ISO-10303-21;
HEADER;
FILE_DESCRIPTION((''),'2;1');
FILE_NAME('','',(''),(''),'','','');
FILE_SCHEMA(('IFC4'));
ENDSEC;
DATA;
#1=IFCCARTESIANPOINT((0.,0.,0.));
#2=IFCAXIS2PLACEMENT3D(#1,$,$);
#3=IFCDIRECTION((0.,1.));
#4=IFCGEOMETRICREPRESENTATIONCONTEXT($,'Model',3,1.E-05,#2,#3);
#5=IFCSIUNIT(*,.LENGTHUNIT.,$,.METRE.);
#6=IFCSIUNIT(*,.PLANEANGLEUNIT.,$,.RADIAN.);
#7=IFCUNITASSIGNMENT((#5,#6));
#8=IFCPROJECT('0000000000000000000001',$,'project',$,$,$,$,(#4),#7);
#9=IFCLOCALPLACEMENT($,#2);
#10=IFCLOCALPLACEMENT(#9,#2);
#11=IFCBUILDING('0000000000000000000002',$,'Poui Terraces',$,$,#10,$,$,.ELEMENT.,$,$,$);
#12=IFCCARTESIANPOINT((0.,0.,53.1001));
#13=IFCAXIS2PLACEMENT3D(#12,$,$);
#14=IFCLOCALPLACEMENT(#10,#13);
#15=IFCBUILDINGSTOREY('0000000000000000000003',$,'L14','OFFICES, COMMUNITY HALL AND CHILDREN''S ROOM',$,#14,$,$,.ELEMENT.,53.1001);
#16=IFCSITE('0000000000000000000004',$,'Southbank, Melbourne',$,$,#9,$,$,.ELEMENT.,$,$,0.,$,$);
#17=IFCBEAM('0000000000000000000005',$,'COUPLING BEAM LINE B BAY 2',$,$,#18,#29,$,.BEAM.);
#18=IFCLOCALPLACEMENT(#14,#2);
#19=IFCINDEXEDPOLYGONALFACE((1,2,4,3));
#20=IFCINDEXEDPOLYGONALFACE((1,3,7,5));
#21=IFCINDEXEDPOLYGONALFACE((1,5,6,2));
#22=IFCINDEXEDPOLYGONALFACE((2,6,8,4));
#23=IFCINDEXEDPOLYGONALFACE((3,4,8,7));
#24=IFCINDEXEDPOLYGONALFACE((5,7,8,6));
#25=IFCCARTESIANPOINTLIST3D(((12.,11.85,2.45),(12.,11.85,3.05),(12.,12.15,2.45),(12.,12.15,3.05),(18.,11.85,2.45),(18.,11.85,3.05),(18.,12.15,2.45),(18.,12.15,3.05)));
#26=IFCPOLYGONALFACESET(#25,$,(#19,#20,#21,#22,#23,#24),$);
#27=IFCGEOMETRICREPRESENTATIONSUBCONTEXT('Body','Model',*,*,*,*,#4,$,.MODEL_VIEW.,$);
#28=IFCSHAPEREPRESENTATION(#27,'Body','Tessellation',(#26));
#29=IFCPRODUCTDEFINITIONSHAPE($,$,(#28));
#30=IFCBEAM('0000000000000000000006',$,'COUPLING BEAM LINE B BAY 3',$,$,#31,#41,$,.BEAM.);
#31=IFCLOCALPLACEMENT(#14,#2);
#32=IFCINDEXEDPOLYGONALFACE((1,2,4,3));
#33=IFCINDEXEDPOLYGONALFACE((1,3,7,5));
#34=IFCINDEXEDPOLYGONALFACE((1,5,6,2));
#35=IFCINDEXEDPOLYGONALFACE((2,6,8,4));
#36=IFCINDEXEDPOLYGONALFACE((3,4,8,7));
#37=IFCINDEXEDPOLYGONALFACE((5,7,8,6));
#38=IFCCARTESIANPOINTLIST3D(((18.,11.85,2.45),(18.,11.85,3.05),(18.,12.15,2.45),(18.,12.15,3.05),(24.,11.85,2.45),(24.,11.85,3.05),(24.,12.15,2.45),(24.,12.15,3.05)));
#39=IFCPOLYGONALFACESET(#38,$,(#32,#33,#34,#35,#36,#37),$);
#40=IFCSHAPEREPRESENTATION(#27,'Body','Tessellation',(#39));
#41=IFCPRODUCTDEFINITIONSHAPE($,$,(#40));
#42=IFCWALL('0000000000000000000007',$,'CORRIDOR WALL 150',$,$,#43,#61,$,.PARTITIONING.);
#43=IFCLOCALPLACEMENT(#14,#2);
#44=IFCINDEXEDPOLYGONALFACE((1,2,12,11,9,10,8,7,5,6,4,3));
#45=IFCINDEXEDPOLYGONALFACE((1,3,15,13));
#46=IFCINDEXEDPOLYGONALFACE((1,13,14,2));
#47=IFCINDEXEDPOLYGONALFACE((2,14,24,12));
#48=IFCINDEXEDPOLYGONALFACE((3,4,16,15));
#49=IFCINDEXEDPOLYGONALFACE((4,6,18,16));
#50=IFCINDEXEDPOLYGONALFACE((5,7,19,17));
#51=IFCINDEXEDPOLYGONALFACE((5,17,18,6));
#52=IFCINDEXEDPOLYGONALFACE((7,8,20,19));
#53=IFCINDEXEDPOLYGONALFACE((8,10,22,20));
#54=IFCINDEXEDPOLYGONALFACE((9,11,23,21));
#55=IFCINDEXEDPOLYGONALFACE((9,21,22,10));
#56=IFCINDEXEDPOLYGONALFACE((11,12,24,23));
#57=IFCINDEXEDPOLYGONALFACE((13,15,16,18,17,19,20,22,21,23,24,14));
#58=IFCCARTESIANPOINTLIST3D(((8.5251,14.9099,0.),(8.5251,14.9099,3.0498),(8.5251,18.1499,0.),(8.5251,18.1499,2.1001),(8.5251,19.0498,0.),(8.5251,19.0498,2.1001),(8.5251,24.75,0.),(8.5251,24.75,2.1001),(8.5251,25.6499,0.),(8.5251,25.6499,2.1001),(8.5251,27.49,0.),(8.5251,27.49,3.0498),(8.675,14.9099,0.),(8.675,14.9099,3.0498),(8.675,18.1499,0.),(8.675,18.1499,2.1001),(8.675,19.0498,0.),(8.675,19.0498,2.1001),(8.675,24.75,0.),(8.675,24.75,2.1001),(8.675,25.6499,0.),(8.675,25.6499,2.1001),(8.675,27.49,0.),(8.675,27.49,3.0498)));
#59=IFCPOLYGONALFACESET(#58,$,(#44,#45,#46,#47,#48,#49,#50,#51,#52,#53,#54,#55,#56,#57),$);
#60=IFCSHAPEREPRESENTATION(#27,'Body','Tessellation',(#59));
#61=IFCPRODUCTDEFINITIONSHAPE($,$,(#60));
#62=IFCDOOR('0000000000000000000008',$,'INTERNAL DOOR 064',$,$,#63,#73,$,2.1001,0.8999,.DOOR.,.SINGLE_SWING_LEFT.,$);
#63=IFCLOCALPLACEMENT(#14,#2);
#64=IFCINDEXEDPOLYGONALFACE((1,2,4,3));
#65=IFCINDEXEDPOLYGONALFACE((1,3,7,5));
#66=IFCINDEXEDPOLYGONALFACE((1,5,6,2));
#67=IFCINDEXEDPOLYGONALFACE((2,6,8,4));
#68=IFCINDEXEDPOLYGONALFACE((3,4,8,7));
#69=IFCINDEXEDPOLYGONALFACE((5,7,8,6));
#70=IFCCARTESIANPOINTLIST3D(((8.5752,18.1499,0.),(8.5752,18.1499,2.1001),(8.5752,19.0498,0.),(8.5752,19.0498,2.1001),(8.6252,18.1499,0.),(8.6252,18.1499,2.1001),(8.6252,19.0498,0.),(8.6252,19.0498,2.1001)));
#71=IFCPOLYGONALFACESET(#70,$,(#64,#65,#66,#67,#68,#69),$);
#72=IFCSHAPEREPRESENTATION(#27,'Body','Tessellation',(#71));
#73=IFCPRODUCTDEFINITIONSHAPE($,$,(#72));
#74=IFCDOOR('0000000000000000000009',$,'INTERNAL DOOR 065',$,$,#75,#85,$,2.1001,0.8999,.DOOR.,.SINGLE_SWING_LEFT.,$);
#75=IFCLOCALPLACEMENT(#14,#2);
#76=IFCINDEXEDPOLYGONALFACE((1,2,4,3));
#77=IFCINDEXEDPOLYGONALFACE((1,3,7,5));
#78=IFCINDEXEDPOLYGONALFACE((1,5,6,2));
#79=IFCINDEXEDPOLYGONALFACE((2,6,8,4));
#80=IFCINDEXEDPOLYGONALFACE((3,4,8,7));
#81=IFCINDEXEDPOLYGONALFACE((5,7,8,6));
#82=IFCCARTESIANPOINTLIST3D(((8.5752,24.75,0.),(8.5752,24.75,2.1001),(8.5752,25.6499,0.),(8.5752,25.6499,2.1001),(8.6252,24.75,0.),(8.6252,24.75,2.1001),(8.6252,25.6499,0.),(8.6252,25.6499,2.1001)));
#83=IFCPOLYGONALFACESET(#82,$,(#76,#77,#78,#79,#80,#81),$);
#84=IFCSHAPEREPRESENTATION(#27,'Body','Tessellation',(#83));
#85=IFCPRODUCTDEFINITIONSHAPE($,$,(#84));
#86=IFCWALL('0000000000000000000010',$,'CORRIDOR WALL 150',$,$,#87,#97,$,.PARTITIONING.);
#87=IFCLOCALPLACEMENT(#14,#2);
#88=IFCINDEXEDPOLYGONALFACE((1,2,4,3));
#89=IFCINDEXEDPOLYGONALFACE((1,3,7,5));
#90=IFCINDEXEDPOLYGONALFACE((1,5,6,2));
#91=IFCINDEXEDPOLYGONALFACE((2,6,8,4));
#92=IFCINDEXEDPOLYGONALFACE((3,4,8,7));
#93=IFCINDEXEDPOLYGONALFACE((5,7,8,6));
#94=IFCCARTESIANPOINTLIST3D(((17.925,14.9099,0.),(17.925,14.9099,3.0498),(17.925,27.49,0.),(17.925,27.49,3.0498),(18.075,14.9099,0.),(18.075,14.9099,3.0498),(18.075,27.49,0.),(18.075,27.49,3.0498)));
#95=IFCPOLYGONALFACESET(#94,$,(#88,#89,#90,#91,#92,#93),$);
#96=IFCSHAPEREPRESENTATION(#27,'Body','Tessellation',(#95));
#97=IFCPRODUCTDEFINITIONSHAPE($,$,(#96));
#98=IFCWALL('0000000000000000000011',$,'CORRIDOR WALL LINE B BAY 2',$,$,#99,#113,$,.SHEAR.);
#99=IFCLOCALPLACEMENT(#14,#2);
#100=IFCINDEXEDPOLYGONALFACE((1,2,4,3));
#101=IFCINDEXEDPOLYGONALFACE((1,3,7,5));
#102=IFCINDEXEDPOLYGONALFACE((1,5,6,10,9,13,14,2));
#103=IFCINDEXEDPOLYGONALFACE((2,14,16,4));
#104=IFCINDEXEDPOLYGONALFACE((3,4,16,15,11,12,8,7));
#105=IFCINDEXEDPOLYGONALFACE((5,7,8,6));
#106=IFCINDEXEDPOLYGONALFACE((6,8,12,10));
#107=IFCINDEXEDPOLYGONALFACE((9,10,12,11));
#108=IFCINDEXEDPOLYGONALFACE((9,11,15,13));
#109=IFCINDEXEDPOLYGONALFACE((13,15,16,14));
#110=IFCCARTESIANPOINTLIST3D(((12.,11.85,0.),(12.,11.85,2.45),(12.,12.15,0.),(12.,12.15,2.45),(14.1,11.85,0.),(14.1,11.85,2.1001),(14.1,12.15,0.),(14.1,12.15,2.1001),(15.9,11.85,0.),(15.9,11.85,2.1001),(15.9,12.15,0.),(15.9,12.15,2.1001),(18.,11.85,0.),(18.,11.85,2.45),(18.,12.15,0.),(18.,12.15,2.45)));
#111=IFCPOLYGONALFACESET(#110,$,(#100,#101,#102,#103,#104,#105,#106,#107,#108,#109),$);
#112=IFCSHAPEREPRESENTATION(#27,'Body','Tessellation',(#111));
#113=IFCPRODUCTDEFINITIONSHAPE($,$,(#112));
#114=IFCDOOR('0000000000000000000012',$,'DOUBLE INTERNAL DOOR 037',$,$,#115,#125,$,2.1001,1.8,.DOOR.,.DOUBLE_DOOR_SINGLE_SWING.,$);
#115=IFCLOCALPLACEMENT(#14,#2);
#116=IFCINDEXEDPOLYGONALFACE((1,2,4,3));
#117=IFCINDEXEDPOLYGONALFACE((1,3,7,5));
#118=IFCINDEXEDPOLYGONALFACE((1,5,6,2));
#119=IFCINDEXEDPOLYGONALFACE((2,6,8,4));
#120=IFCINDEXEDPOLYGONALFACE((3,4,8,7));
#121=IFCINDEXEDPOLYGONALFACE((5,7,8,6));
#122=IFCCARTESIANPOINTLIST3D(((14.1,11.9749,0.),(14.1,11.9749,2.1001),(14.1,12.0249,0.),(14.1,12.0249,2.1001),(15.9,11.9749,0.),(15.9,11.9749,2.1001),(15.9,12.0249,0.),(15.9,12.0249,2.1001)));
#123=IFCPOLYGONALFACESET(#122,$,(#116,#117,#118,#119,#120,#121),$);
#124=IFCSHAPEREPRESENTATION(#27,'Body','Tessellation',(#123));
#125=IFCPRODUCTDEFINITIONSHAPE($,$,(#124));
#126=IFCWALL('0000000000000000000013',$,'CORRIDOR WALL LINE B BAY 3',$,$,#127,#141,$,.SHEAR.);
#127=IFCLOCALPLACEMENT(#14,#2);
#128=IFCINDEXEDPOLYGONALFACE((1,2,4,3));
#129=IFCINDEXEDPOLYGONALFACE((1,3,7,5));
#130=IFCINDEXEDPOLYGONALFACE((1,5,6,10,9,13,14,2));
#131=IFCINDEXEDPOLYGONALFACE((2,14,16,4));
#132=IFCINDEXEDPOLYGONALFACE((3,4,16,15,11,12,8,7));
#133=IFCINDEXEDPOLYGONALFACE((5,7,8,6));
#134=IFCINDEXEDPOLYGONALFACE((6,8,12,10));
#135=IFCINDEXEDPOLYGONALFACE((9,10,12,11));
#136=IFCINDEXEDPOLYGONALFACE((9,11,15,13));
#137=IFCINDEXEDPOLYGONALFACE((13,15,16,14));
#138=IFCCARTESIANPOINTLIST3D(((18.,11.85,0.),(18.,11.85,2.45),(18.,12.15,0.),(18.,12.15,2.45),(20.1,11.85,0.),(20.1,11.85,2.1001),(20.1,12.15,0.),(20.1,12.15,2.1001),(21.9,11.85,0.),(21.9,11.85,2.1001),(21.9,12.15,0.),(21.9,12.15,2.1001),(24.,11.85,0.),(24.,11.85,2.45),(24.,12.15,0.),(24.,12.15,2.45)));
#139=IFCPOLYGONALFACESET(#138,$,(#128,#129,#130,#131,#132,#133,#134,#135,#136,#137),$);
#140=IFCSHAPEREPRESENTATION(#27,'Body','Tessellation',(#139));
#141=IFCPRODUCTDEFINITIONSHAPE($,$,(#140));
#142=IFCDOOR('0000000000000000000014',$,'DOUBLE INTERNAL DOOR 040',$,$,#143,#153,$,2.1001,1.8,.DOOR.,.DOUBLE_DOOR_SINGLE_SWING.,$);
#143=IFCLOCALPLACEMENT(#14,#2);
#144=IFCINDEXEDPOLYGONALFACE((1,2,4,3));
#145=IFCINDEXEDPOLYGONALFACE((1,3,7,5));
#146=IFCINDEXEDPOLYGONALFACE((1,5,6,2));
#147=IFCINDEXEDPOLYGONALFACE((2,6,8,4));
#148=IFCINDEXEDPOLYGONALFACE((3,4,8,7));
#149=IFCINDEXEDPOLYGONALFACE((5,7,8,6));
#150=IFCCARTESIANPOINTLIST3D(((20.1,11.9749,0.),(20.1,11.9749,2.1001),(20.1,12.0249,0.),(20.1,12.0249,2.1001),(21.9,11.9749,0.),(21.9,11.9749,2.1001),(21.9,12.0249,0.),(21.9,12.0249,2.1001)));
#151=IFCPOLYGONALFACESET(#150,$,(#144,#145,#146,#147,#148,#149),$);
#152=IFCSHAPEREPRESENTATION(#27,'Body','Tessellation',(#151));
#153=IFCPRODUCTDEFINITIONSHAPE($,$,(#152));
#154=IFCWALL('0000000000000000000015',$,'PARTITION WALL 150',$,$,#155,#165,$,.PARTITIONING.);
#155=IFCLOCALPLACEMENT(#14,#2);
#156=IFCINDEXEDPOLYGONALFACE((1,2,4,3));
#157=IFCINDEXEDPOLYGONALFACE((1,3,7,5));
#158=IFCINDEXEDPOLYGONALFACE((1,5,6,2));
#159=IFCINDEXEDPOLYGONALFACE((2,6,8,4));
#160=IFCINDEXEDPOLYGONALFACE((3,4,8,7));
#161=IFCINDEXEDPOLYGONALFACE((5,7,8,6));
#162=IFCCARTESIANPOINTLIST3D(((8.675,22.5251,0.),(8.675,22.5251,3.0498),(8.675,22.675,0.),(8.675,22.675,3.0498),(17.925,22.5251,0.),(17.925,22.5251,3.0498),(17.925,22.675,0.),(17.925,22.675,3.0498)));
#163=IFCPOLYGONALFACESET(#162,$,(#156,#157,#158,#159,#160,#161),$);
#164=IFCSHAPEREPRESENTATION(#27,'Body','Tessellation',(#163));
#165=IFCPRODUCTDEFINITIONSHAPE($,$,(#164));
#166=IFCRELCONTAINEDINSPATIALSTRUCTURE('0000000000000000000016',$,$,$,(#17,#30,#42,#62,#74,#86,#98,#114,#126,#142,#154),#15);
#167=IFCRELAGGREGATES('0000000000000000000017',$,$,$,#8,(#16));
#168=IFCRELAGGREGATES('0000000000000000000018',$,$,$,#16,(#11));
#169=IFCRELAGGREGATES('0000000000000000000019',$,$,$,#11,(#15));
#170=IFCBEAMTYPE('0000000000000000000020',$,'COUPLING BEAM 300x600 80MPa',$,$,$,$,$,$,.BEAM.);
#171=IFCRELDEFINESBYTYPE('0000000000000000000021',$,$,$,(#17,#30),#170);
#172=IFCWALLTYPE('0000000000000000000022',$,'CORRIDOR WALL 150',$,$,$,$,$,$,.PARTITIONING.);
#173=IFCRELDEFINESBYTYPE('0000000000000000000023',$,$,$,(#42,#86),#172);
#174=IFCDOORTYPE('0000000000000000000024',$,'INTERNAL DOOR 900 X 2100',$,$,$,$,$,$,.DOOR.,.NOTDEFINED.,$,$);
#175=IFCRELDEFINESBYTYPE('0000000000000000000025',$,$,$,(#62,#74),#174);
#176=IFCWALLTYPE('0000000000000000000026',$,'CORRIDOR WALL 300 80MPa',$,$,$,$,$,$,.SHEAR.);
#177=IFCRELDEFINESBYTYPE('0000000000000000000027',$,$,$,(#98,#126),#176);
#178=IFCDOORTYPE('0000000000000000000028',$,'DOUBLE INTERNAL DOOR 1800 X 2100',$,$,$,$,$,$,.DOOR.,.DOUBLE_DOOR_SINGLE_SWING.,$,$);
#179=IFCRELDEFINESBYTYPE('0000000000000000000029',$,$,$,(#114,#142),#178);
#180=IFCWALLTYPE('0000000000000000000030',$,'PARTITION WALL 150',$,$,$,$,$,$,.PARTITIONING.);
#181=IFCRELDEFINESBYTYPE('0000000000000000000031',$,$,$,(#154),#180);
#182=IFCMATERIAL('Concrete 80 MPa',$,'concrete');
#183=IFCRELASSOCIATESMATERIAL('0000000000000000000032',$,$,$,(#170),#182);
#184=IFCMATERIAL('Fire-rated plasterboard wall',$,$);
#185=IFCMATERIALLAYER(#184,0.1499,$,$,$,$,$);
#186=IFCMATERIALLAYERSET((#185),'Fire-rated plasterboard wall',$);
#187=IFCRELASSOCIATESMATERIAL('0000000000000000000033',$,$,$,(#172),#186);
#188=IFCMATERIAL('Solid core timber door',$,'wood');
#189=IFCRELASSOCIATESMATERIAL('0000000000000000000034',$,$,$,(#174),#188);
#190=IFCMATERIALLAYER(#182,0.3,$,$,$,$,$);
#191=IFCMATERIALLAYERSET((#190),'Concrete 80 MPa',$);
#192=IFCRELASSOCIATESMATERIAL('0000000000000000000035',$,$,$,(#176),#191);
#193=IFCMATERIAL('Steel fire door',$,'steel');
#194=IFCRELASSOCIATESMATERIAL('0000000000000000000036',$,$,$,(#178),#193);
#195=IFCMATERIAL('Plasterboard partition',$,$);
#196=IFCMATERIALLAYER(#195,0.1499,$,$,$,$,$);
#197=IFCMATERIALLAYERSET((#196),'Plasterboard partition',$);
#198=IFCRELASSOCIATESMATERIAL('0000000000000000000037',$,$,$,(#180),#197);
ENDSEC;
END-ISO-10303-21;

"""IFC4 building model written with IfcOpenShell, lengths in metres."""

from ifc_helpers import new_model, si_unit, direction, frame, frame_2d, origin, origin_2d, place, context, subcontext, project, spatial, rectangle, extrude, source, transform, mapped, material, layer, layer_set, material_profile, profile_set, type_object, element, fill, save


model = new_model("IFC4")

# Units and contexts
model_context = context("Model", 3, precision=1e-05, world=origin(), true_north=direction((0.0, 1.0)))
body_context = subcontext(model_context, "Body", "Model", "MODEL_VIEW")
ifc_project = project(units=[si_unit("LENGTHUNIT", "METRE"), si_unit("PLANEANGLEUNIT", "RADIAN")], contexts=[model_context])

# Site, building, storey
site_placement = place(None, origin())
site = spatial("IfcSite", under=ifc_project, at=site_placement, Name="Southbank, Melbourne", CompositionType="ELEMENT", RefElevation=0.0)
building_placement = place(site_placement, origin())
building = spatial("IfcBuilding", under=site, at=building_placement, Name="Poui Terraces", CompositionType="ELEMENT")
storey_placement = place(building_placement, frame((0.0, 0.0, 53.1001)))
storey = spatial("IfcBuildingStorey", under=building, at=storey_placement, Name="L14", Description="OFFICES, COMMUNITY HALL AND CHILDREN'S ROOM", CompositionType="ELEMENT", Elevation=53.1001)

# Beams
ifc_material_1 = material(Name="Concrete 80 MPa", Category="concrete")
ifc_material_profile = material_profile(ifc_material_1, rectangle(XDim=0.3, YDim=0.6001, at=origin_2d()), Name="RC 300x600")
ifc_profile_set = profile_set([ifc_material_profile], Name="Concrete 80 MPa")
beam_type = type_object("IfcBeamType", Name="COUPLING BEAM 300x600 80MPa", PredefinedType="BEAM", material=ifc_profile_set)
shared_shape = source(origin(), body_context, "Body", "SweptSolid", [
    extrude(rectangle(XDim=0.3, YDim=0.6001, at=origin_2d()), origin(), (0.0, 0.0, 1.0), 6.0),
])
for number, where, z_axis, x_axis, name in (
    (1, (12.0, 12.0, 2.75), (1.0, 0.0, 0.0), (0.0, 1.0, 0.0), "COUPLING BEAM LINE B BAY 2"),
    (2, (18.0, 12.0, 2.75), (1.0, 0.0, 0.0), (0.0, 1.0, 0.0), "COUPLING BEAM LINE B BAY 3"),
):
    element("IfcBeam", number, at=place(storey_placement, frame(where, z_axis=z_axis, x_axis=x_axis)), inside=storey, type_object=beam_type, Name=name, PredefinedType="BEAM", context=body_context, shape_type="MappedRepresentation", body=[
        mapped(shared_shape, transform((0.0, 0.0, 0.0))),
    ])

# Wall, openings, doors
ifc_material_2 = material(Name="Fire-rated plasterboard wall")
ifc_layer_1 = layer(ifc_material_2, 0.1499)
ifc_layer_set_1 = layer_set([ifc_layer_1], Name="Fire-rated plasterboard wall")
wall_type_1 = type_object("IfcWallType", Name="CORRIDOR WALL 150", PredefinedType="PARTITIONING", material=ifc_layer_set_1)
wall_1_placement = place(storey_placement, frame((8.6001, 14.9099, 0.0), z_axis=(0.0, 0.0, 1.0), x_axis=(0.0, 1.0, 0.0)))
wall_1 = element("IfcWall", 3, at=wall_1_placement, inside=storey, type_object=wall_type_1, Name="CORRIDOR WALL 150", PredefinedType="PARTITIONING", context=body_context, shape_type="SweptSolid", body=[
    extrude(rectangle(XDim=12.5801, YDim=0.1499, at=frame_2d((6.29, 0.0))), origin(), (0.0, 0.0, 1.0), 3.0498),
])
opening_1_placement = place(wall_1_placement, frame((3.24, 0.0, 0.0)))
opening_1 = element("IfcOpeningElement", 4, at=opening_1_placement, cuts=wall_1, PredefinedType="OPENING", context=body_context, shape_type="SweptSolid", body=[
    extrude(rectangle(XDim=0.8999, YDim=2.1001, at=frame_2d((0.45, 1.05))), frame((0.0, 0.085, 0.0), z_axis=(0.0, -1.0, 0.0), x_axis=(1.0, 0.0, 0.0)), (0.0, 0.0, 1.0), 0.1699),
])
opening_2_placement = place(wall_1_placement, frame((9.8401, 0.0, 0.0)))
opening_2 = element("IfcOpeningElement", 5, at=opening_2_placement, cuts=wall_1, PredefinedType="OPENING", context=body_context, shape_type="SweptSolid", body=[
    extrude(rectangle(XDim=0.8999, YDim=2.1001, at=frame_2d((0.45, 1.05))), frame((0.0, 0.085, 0.0), z_axis=(0.0, -1.0, 0.0), x_axis=(1.0, 0.0, 0.0)), (0.0, 0.0, 1.0), 0.1699),
])
ifc_material_3 = material(Name="Solid core timber door", Category="wood")
door_type_1 = type_object("IfcDoorType", Name="INTERNAL DOOR 900 X 2100", OperationType="NOTDEFINED", PredefinedType="DOOR", material=ifc_material_3)
door_1_placement = place(opening_1_placement, origin())
door_1 = element("IfcDoor", 6, at=door_1_placement, inside=storey, type_object=door_type_1, Name="INTERNAL DOOR 064", OperationType="SINGLE_SWING_LEFT", OverallHeight=2.1001, OverallWidth=0.8999, PredefinedType="DOOR", context=body_context, shape_type="SweptSolid", body=[
    extrude(rectangle(XDim=0.8999, YDim=2.1001, at=frame_2d((0.45, 1.05))), frame((0.0, 0.0249, 0.0), z_axis=(0.0, -1.0, 0.0), x_axis=(1.0, 0.0, 0.0)), (0.0, 0.0, 1.0), 0.05),
])
fill(opening_1, door_1)
door_2_placement = place(opening_2_placement, origin())
door_2 = element("IfcDoor", 7, at=door_2_placement, inside=storey, type_object=door_type_1, Name="INTERNAL DOOR 065", OperationType="SINGLE_SWING_LEFT", OverallHeight=2.1001, OverallWidth=0.8999, PredefinedType="DOOR", context=body_context, shape_type="SweptSolid", body=[
    extrude(rectangle(XDim=0.8999, YDim=2.1001, at=frame_2d((0.45, 1.05))), frame((0.0, 0.0249, 0.0), z_axis=(0.0, -1.0, 0.0), x_axis=(1.0, 0.0, 0.0)), (0.0, 0.0, 1.0), 0.05),
])
fill(opening_2, door_2)

# Wall
wall_2_placement = place(storey_placement, frame((18.0, 14.9099, 0.0), z_axis=(0.0, 0.0, 1.0), x_axis=(0.0, 1.0, 0.0)))
element("IfcWall", 8, at=wall_2_placement, inside=storey, type_object=wall_type_1, Name="CORRIDOR WALL 150", PredefinedType="PARTITIONING", context=body_context, shape_type="SweptSolid", body=[
    extrude(rectangle(XDim=12.5801, YDim=0.1499, at=frame_2d((6.29, 0.0))), origin(), (0.0, 0.0, 1.0), 3.0498),
])

# Walls, openings, doors
ifc_layer_2 = layer(ifc_material_1, 0.3)
ifc_layer_set_2 = layer_set([ifc_layer_2], Name="Concrete 80 MPa")
wall_type_2 = type_object("IfcWallType", Name="CORRIDOR WALL 300 80MPa", PredefinedType="SHEAR", material=ifc_layer_set_2)
wall_3_placement = place(storey_placement, frame((12.0, 12.0, 0.0), z_axis=(0.0, 0.0, 1.0), x_axis=(1.0, 0.0, 0.0)))
wall_3 = element("IfcWall", 9, at=wall_3_placement, inside=storey, type_object=wall_type_2, Name="CORRIDOR WALL LINE B BAY 2", PredefinedType="SHEAR", context=body_context, shape_type="SweptSolid", body=[
    extrude(rectangle(XDim=6.0, YDim=0.3, at=frame_2d((3.0, 0.0))), origin(), (0.0, 0.0, 1.0), 2.45),
])
opening_3_placement = place(wall_3_placement, frame((2.1001, 0.0, 0.0)))
opening_3 = element("IfcOpeningElement", 10, at=opening_3_placement, cuts=wall_3, PredefinedType="OPENING", context=body_context, shape_type="SweptSolid", body=[
    extrude(rectangle(XDim=1.8, YDim=2.1001, at=frame_2d((0.8999, 1.05))), frame((0.0, 0.1602, 0.0), z_axis=(0.0, -1.0, 0.0), x_axis=(1.0, 0.0, 0.0)), (0.0, 0.0, 1.0), 0.3201),
])
ifc_material_4 = material(Name="Steel fire door", Category="steel")
door_type_2 = type_object("IfcDoorType", Name="DOUBLE INTERNAL DOOR 1800 X 2100", OperationType="DOUBLE_DOOR_SINGLE_SWING", PredefinedType="DOOR", material=ifc_material_4)
door_3_placement = place(opening_3_placement, origin())
door_3 = element("IfcDoor", 11, at=door_3_placement, inside=storey, type_object=door_type_2, Name="DOUBLE INTERNAL DOOR 037", OperationType="DOUBLE_DOOR_SINGLE_SWING", OverallHeight=2.1001, OverallWidth=1.8, PredefinedType="DOOR", context=body_context, shape_type="SweptSolid", body=[
    extrude(rectangle(XDim=1.8, YDim=2.1001, at=frame_2d((0.8999, 1.05))), frame((0.0, 0.0249, 0.0), z_axis=(0.0, -1.0, 0.0), x_axis=(1.0, 0.0, 0.0)), (0.0, 0.0, 1.0), 0.05),
])
fill(opening_3, door_3)
wall_4_placement = place(storey_placement, frame((18.0, 12.0, 0.0), z_axis=(0.0, 0.0, 1.0), x_axis=(1.0, 0.0, 0.0)))
wall_4 = element("IfcWall", 12, at=wall_4_placement, inside=storey, type_object=wall_type_2, Name="CORRIDOR WALL LINE B BAY 3", PredefinedType="SHEAR", context=body_context, shape_type="SweptSolid", body=[
    extrude(rectangle(XDim=6.0, YDim=0.3, at=frame_2d((3.0, 0.0))), origin(), (0.0, 0.0, 1.0), 2.45),
])
opening_4_placement = place(wall_4_placement, frame((2.1001, 0.0, 0.0)))
opening_4 = element("IfcOpeningElement", 13, at=opening_4_placement, cuts=wall_4, PredefinedType="OPENING", context=body_context, shape_type="SweptSolid", body=[
    extrude(rectangle(XDim=1.8, YDim=2.1001, at=frame_2d((0.8999, 1.05))), frame((0.0, 0.1602, 0.0), z_axis=(0.0, -1.0, 0.0), x_axis=(1.0, 0.0, 0.0)), (0.0, 0.0, 1.0), 0.3201),
])
door_4_placement = place(opening_4_placement, origin())
door_4 = element("IfcDoor", 14, at=door_4_placement, inside=storey, type_object=door_type_2, Name="DOUBLE INTERNAL DOOR 040", OperationType="DOUBLE_DOOR_SINGLE_SWING", OverallHeight=2.1001, OverallWidth=1.8, PredefinedType="DOOR", context=body_context, shape_type="SweptSolid", body=[
    extrude(rectangle(XDim=1.8, YDim=2.1001, at=frame_2d((0.8999, 1.05))), frame((0.0, 0.0249, 0.0), z_axis=(0.0, -1.0, 0.0), x_axis=(1.0, 0.0, 0.0)), (0.0, 0.0, 1.0), 0.05),
])
fill(opening_4, door_4)

# Wall
ifc_material_5 = material(Name="Plasterboard partition")
ifc_layer_3 = layer(ifc_material_5, 0.1499)
ifc_layer_set_3 = layer_set([ifc_layer_3], Name="Plasterboard partition")
wall_type_3 = type_object("IfcWallType", Name="PARTITION WALL 150", PredefinedType="PARTITIONING", material=ifc_layer_set_3)
wall_5_placement = place(storey_placement, frame((8.675, 22.6001, 0.0), z_axis=(0.0, 0.0, 1.0), x_axis=(1.0, 0.0, 0.0)))
element("IfcWall", 15, at=wall_5_placement, inside=storey, type_object=wall_type_3, Name="PARTITION WALL 150", PredefinedType="PARTITIONING", context=body_context, shape_type="SweptSolid", body=[
    extrude(rectangle(XDim=9.25, YDim=0.1499, at=frame_2d((4.625, 0.0))), origin(), (0.0, 0.0, 1.0), 3.0498),
])

save(model, "model.ifc")
